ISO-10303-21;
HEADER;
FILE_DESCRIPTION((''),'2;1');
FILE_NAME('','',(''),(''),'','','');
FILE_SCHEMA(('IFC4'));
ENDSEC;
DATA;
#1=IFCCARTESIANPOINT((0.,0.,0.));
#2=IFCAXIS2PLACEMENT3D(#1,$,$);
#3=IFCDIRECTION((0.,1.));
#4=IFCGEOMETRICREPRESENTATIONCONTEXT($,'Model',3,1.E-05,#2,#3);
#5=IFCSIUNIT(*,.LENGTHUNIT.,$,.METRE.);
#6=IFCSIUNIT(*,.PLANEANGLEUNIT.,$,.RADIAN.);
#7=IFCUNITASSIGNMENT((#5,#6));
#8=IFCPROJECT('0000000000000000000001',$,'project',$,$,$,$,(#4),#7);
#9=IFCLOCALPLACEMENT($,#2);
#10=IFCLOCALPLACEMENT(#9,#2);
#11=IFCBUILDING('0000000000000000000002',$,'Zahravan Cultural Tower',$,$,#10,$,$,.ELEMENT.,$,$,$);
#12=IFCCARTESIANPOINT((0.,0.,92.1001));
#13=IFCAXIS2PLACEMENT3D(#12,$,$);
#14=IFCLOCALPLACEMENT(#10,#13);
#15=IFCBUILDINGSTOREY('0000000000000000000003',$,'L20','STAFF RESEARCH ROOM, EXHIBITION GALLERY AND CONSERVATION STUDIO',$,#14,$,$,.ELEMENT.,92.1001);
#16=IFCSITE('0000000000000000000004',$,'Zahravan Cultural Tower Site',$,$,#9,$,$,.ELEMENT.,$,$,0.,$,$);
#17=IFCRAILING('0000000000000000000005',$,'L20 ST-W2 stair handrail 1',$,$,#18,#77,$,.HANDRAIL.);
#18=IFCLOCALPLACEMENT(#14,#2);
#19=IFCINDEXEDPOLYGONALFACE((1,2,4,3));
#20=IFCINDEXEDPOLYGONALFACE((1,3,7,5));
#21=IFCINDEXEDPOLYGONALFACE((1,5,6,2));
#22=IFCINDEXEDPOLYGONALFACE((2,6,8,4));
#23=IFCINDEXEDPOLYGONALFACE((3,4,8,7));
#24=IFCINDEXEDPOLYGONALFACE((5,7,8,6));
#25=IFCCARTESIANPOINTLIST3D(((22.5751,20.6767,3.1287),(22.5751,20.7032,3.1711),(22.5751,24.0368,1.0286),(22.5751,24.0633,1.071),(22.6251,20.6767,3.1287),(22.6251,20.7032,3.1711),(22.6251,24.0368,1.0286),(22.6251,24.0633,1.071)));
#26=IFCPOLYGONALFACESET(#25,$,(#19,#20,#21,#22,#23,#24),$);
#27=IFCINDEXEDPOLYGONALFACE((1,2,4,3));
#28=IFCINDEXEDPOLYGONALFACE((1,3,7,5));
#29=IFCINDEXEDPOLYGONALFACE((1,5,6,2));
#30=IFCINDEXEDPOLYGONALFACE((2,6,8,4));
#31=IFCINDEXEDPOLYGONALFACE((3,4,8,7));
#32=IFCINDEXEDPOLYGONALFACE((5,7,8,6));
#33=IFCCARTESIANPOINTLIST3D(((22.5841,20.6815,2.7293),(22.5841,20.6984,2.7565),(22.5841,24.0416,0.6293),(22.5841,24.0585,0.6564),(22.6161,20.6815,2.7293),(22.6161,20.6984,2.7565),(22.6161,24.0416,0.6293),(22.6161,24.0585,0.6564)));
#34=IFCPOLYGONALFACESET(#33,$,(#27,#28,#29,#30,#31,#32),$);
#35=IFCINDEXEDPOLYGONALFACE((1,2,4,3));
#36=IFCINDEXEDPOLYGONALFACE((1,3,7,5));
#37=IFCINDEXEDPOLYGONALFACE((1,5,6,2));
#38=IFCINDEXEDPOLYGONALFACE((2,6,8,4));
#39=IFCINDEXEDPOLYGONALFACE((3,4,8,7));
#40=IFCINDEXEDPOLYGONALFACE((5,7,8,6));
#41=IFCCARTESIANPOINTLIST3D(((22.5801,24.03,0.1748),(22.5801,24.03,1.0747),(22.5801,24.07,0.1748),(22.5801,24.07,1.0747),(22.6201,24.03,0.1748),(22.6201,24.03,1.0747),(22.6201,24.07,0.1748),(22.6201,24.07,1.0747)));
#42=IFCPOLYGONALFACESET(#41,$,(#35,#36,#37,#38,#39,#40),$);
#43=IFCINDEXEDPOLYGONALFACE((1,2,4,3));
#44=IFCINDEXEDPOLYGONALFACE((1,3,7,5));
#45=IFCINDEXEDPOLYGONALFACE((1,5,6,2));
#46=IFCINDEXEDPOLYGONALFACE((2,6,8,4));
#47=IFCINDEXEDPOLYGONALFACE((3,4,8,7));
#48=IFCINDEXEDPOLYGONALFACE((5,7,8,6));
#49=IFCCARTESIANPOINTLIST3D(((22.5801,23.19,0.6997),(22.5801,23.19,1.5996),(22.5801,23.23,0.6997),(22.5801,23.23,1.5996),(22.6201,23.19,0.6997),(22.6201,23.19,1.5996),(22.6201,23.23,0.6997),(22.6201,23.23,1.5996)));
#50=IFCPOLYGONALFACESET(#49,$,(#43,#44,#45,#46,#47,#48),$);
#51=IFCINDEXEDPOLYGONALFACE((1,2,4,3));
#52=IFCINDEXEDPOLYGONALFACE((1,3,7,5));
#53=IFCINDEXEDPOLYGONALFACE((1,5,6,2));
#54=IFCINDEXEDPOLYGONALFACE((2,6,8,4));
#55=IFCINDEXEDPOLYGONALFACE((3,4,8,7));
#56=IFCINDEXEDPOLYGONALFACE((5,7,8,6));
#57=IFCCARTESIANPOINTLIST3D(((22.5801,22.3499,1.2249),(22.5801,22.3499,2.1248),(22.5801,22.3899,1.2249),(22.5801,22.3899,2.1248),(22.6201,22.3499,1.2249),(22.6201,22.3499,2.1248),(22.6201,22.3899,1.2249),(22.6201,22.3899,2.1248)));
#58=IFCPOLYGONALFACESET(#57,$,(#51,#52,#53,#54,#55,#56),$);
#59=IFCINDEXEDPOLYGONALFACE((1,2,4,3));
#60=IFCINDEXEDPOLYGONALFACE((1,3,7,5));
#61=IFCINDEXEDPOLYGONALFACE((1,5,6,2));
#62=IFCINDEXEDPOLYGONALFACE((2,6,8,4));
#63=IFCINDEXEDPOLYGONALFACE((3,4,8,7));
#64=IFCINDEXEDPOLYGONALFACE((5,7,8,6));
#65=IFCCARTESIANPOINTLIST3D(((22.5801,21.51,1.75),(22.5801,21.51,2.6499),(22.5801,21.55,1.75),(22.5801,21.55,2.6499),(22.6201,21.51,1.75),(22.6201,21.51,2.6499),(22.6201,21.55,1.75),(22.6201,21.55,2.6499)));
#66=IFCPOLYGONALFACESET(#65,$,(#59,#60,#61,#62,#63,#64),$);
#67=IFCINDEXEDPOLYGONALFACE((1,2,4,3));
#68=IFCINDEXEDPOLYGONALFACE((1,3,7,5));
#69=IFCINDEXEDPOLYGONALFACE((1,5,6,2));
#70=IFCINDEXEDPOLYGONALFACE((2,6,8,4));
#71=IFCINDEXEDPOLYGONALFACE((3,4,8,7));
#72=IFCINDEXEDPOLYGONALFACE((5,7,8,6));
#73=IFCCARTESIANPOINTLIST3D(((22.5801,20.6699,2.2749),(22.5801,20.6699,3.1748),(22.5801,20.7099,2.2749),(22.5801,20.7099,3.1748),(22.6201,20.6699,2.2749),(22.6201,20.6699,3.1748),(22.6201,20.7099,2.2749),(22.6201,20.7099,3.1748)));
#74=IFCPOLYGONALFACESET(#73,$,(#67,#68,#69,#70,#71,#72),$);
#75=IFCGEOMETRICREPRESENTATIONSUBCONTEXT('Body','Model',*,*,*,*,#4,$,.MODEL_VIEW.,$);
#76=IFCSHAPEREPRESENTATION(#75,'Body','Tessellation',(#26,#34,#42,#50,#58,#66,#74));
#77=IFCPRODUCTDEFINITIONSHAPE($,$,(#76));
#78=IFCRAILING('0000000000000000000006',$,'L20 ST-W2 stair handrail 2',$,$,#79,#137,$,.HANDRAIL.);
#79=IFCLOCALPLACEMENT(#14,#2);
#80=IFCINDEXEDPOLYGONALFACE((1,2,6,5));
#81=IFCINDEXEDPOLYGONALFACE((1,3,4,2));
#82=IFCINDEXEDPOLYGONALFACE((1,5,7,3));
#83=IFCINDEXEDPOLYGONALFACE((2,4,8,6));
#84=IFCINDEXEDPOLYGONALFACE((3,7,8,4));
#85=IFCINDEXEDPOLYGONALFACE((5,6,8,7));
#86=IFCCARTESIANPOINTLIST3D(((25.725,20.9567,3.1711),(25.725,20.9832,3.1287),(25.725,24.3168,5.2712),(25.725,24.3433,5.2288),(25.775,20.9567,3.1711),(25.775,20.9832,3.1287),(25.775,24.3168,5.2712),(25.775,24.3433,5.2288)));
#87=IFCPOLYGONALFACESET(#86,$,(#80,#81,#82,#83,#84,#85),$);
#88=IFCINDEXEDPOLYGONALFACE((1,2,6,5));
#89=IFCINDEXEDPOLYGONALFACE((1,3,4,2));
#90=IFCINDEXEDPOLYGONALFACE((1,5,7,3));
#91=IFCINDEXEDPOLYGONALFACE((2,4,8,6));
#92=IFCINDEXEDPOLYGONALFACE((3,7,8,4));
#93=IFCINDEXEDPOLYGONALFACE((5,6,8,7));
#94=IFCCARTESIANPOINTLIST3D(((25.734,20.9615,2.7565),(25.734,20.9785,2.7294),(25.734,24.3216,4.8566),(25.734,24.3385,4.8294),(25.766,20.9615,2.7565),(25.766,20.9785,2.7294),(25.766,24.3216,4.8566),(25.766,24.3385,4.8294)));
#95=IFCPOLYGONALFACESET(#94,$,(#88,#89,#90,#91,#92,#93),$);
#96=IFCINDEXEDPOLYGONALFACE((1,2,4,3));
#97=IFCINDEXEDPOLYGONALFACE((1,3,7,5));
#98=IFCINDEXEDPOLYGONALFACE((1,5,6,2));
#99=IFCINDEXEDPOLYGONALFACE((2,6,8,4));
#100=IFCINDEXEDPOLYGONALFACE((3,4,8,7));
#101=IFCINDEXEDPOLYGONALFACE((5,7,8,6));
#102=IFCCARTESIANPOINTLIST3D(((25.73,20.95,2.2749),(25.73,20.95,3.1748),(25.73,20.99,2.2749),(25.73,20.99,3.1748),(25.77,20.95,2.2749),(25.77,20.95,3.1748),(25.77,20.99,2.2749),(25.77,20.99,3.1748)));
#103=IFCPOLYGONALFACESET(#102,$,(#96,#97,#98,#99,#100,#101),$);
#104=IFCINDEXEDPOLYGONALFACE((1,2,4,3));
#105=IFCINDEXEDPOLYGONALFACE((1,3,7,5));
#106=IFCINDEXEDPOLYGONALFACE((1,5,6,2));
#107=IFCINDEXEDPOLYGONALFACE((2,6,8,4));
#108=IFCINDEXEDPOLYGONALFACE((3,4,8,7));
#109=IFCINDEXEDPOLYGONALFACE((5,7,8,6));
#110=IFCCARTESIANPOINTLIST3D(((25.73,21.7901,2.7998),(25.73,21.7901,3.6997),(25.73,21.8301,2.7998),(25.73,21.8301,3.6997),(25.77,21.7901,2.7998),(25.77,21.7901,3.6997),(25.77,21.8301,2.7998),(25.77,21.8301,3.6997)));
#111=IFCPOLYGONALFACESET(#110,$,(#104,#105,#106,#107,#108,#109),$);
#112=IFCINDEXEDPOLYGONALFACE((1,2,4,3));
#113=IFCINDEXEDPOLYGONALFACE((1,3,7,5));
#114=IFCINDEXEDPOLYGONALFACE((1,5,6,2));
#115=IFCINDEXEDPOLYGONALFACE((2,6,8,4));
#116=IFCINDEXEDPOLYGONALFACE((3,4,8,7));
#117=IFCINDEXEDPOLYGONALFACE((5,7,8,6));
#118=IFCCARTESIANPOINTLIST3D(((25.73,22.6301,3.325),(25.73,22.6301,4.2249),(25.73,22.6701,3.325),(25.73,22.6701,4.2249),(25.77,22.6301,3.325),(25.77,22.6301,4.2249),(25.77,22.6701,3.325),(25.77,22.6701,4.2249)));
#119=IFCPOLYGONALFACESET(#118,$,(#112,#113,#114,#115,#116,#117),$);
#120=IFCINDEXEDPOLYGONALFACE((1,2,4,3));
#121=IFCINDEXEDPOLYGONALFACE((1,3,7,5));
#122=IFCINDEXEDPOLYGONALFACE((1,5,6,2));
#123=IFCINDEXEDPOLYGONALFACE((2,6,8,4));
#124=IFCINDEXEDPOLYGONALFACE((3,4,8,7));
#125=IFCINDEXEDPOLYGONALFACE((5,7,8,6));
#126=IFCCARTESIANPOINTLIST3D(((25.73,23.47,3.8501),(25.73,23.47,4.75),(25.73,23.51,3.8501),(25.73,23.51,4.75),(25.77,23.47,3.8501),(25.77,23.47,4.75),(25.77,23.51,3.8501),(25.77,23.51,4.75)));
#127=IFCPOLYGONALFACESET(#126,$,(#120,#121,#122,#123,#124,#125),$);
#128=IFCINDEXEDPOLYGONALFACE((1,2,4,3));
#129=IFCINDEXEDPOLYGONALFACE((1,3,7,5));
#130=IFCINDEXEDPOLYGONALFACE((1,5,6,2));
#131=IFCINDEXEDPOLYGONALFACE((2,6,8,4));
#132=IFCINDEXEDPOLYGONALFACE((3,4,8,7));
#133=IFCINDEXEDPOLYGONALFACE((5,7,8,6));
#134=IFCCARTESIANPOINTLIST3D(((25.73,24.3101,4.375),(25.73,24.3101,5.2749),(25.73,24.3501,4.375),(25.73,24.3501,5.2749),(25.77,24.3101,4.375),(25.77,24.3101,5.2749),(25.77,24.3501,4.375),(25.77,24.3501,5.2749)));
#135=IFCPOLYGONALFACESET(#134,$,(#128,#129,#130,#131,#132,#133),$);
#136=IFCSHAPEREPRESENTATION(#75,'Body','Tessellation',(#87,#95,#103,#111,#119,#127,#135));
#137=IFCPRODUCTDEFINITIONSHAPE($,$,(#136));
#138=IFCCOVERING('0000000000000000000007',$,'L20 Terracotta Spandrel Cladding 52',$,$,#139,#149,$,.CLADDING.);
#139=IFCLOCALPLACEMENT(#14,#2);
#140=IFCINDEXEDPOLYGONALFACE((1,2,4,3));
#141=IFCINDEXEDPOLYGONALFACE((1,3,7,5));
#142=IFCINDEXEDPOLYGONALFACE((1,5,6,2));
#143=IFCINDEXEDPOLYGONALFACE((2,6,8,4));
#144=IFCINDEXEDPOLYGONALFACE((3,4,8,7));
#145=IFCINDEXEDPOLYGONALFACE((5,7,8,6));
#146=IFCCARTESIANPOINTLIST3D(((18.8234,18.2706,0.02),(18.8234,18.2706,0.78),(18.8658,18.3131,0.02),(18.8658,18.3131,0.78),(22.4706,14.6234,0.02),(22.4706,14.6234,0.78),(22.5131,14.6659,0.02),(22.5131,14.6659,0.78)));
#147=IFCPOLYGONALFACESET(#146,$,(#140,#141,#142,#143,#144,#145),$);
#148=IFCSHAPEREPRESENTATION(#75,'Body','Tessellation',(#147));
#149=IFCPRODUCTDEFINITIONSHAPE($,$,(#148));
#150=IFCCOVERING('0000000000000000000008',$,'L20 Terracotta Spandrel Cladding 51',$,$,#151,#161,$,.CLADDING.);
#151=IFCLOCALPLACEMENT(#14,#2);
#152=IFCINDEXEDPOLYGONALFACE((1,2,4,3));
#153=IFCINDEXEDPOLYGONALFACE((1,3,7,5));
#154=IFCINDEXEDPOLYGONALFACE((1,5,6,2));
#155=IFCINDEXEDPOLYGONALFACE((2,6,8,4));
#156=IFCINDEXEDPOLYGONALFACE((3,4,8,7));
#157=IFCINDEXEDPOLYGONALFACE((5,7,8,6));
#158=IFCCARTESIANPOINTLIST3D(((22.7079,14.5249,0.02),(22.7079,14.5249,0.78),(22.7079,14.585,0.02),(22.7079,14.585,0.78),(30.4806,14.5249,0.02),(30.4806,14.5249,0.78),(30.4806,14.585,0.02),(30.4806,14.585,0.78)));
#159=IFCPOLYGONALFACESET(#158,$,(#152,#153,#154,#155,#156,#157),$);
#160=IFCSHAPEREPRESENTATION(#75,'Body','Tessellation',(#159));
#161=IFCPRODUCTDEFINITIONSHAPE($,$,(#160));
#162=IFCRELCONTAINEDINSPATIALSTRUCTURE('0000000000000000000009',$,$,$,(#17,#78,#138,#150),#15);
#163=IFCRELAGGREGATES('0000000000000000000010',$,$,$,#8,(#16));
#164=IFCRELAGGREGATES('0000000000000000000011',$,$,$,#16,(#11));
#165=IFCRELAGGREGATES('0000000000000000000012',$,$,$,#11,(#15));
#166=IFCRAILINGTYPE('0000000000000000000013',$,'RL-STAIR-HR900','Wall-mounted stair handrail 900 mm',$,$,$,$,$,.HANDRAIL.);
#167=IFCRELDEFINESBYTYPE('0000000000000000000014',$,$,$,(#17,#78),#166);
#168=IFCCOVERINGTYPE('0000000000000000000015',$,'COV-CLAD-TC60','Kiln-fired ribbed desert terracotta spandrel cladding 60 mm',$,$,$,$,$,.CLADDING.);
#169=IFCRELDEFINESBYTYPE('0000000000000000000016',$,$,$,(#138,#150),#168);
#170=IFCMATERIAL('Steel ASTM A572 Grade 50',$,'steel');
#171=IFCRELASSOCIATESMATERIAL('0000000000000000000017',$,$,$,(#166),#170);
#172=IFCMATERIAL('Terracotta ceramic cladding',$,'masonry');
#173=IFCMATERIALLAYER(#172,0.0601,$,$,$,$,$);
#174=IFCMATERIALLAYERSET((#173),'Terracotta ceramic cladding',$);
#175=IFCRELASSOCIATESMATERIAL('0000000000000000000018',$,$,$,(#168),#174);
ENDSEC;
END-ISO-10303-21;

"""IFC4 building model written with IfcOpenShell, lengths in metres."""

from ifc_helpers import new_model, si_unit, direction, frame, origin, origin_2d, place, context, subcontext, project, spatial, rectangle, extrude, source, transform, mapped, material, layer, layer_set, type_object, element, save


model = new_model("IFC4")

# Units and contexts
model_context = context("Model", 3, precision=1e-05, world=origin(), true_north=direction((0.0, 1.0)))
body_context = subcontext(model_context, "Body", "Model", "MODEL_VIEW")
ifc_project = project(units=[si_unit("LENGTHUNIT", "METRE"), si_unit("PLANEANGLEUNIT", "RADIAN")], contexts=[model_context])

# Site, building, storey
site_placement = place(None, origin())
site = spatial("IfcSite", under=ifc_project, at=site_placement, Name="Zahravan Cultural Tower Site", CompositionType="ELEMENT", RefElevation=0.0)
building_placement = place(site_placement, origin())
building = spatial("IfcBuilding", under=site, at=building_placement, Name="Zahravan Cultural Tower", CompositionType="ELEMENT")
storey_placement = place(building_placement, frame((0.0, 0.0, 92.1001)))
storey = spatial("IfcBuildingStorey", under=building, at=storey_placement, Name="L20", Description="STAFF RESEARCH ROOM, EXHIBITION GALLERY AND CONSERVATION STUDIO", CompositionType="ELEMENT", Elevation=92.1001)

# Shared definitions
ifc_material_1 = material(Name="Steel ASTM A572 Grade 50", Category="steel")

# Railings
railing_type_1 = type_object("IfcRailingType", Name="RL-STAIR-HR900", Description="Wall-mounted stair handrail 900 mm", PredefinedType="HANDRAIL", material=ifc_material_1)
railing_1_placement = place(storey_placement, frame((22.6001, 24.05, 0.1748)))
element("IfcRailing", 1, at=railing_1_placement, inside=storey, type_object=railing_type_1, Name="L20 ST-W2 stair handrail 1", PredefinedType="HANDRAIL", context=body_context, shape_type="SweptSolid", body=[
    extrude(rectangle(XDim=0.05, YDim=0.05, at=origin_2d()), frame((0.0, 0.0, 0.875), z_axis=(0.0, -0.847995, 0.530004), x_axis=(1.0, 0.0, 0.0)), (0.0, 0.0, 1.0), 3.9624),
    extrude(rectangle(XDim=0.032, YDim=0.032, at=origin_2d()), frame((0.0, 0.0, 0.468), z_axis=(0.0, -0.847995, 0.530004), x_axis=(1.0, 0.0, 0.0)), (0.0, 0.0, 1.0), 3.9624),
    extrude(rectangle(XDim=0.04, YDim=0.04, at=origin_2d()), origin(), (0.0, 0.0, 1.0), 0.8999),
    extrude(rectangle(XDim=0.04, YDim=0.04, at=origin_2d()), frame((0.0, -0.8401, 0.5249)), (0.0, 0.0, 1.0), 0.8999),
    extrude(rectangle(XDim=0.04, YDim=0.04, at=origin_2d()), frame((0.0, -1.6802, 1.05)), (0.0, 0.0, 1.0), 0.8999),
    extrude(rectangle(XDim=0.04, YDim=0.04, at=origin_2d()), frame((0.0, -2.52, 1.5752)), (0.0, 0.0, 1.0), 0.8999),
    extrude(rectangle(XDim=0.04, YDim=0.04, at=origin_2d()), frame((0.0, -3.3601, 2.1001)), (0.0, 0.0, 1.0), 0.8999),
])
railing_2_placement = place(storey_placement, frame((25.75, 20.97, 2.2749)))
element("IfcRailing", 2, at=railing_2_placement, inside=storey, type_object=railing_type_1, Name="L20 ST-W2 stair handrail 2", PredefinedType="HANDRAIL", context=body_context, shape_type="SweptSolid", body=[
    extrude(rectangle(XDim=0.05, YDim=0.05, at=origin_2d()), frame((0.0, 0.0, 0.875), z_axis=(0.0, 0.847995, 0.530004), x_axis=(-1.0, 0.0, 0.0)), (0.0, 0.0, 1.0), 3.9624),
    extrude(rectangle(XDim=0.032, YDim=0.032, at=origin_2d()), frame((0.0, 0.0, 0.468), z_axis=(0.0, 0.847995, 0.530004), x_axis=(-1.0, 0.0, 0.0)), (0.0, 0.0, 1.0), 3.9624),
    extrude(rectangle(XDim=0.04, YDim=0.04, at=origin_2d()), origin(), (0.0, 0.0, 1.0), 0.8999),
    extrude(rectangle(XDim=0.04, YDim=0.04, at=origin_2d()), frame((0.0, 0.8401, 0.5249)), (0.0, 0.0, 1.0), 0.8999),
    extrude(rectangle(XDim=0.04, YDim=0.04, at=origin_2d()), frame((0.0, 1.6802, 1.05)), (0.0, 0.0, 1.0), 0.8999),
    extrude(rectangle(XDim=0.04, YDim=0.04, at=origin_2d()), frame((0.0, 2.52, 1.5752)), (0.0, 0.0, 1.0), 0.8999),
    extrude(rectangle(XDim=0.04, YDim=0.04, at=origin_2d()), frame((0.0, 3.3601, 2.1001)), (0.0, 0.0, 1.0), 0.8999),
])

# Coverings
ifc_material_2 = material(Name="Terracotta ceramic cladding", Category="masonry")
ifc_layer_1 = layer(ifc_material_2, 0.0601)
ifc_layer_set_1 = layer_set([ifc_layer_1], Name="Terracotta ceramic cladding")
covering_type = type_object("IfcCoveringType", Name="COV-CLAD-TC60", Description="Kiln-fired ribbed desert terracotta spandrel cladding 60 mm", PredefinedType="CLADDING", material=ifc_layer_set_1)
shared_shape_1 = source(origin(), body_context, "Body", "SweptSolid", [
    extrude(rectangle(XDim=5.158, YDim=0.0601, at=origin_2d()), origin(), (0.0, 0.0, 1.0), 0.76),
])
covering_1_placement = place(storey_placement, frame((20.6682, 16.4683, 0.02), z_axis=(0.0, 0.0, 1.0), x_axis=(-0.707107, 0.707107, 0.0)))
element("IfcCovering", 3, at=covering_1_placement, inside=storey, type_object=covering_type, Name="L20 Terracotta Spandrel Cladding 52", PredefinedType="CLADDING", context=body_context, shape_type="MappedRepresentation", body=[
    mapped(shared_shape_1, transform((0.0, 0.0, 0.0), x_axis=(1.0, 0.0, 0.0), y_axis=(0.0, 1.0, 0.0), z_axis=(0.0, 0.0, 1.0), scale=1.0)),
])
shared_shape_2 = source(origin(), body_context, "Body", "SweptSolid", [
    extrude(rectangle(XDim=7.7727, YDim=0.0601, at=origin_2d()), origin(), (0.0, 0.0, 1.0), 0.76),
])
covering_2_placement = place(storey_placement, frame((26.5942, 14.5549, 0.02), z_axis=(0.0, 0.0, 1.0), x_axis=(-1.0, 0.0, 0.0)))
element("IfcCovering", 4, at=covering_2_placement, inside=storey, type_object=covering_type, Name="L20 Terracotta Spandrel Cladding 51", PredefinedType="CLADDING", context=body_context, shape_type="MappedRepresentation", body=[
    mapped(shared_shape_2, transform((0.0, 0.0, 0.0), x_axis=(1.0, 0.0, 0.0), y_axis=(0.0, 1.0, 0.0), z_axis=(0.0, 0.0, 1.0), scale=1.0)),
])

save(model, "model.ifc")
